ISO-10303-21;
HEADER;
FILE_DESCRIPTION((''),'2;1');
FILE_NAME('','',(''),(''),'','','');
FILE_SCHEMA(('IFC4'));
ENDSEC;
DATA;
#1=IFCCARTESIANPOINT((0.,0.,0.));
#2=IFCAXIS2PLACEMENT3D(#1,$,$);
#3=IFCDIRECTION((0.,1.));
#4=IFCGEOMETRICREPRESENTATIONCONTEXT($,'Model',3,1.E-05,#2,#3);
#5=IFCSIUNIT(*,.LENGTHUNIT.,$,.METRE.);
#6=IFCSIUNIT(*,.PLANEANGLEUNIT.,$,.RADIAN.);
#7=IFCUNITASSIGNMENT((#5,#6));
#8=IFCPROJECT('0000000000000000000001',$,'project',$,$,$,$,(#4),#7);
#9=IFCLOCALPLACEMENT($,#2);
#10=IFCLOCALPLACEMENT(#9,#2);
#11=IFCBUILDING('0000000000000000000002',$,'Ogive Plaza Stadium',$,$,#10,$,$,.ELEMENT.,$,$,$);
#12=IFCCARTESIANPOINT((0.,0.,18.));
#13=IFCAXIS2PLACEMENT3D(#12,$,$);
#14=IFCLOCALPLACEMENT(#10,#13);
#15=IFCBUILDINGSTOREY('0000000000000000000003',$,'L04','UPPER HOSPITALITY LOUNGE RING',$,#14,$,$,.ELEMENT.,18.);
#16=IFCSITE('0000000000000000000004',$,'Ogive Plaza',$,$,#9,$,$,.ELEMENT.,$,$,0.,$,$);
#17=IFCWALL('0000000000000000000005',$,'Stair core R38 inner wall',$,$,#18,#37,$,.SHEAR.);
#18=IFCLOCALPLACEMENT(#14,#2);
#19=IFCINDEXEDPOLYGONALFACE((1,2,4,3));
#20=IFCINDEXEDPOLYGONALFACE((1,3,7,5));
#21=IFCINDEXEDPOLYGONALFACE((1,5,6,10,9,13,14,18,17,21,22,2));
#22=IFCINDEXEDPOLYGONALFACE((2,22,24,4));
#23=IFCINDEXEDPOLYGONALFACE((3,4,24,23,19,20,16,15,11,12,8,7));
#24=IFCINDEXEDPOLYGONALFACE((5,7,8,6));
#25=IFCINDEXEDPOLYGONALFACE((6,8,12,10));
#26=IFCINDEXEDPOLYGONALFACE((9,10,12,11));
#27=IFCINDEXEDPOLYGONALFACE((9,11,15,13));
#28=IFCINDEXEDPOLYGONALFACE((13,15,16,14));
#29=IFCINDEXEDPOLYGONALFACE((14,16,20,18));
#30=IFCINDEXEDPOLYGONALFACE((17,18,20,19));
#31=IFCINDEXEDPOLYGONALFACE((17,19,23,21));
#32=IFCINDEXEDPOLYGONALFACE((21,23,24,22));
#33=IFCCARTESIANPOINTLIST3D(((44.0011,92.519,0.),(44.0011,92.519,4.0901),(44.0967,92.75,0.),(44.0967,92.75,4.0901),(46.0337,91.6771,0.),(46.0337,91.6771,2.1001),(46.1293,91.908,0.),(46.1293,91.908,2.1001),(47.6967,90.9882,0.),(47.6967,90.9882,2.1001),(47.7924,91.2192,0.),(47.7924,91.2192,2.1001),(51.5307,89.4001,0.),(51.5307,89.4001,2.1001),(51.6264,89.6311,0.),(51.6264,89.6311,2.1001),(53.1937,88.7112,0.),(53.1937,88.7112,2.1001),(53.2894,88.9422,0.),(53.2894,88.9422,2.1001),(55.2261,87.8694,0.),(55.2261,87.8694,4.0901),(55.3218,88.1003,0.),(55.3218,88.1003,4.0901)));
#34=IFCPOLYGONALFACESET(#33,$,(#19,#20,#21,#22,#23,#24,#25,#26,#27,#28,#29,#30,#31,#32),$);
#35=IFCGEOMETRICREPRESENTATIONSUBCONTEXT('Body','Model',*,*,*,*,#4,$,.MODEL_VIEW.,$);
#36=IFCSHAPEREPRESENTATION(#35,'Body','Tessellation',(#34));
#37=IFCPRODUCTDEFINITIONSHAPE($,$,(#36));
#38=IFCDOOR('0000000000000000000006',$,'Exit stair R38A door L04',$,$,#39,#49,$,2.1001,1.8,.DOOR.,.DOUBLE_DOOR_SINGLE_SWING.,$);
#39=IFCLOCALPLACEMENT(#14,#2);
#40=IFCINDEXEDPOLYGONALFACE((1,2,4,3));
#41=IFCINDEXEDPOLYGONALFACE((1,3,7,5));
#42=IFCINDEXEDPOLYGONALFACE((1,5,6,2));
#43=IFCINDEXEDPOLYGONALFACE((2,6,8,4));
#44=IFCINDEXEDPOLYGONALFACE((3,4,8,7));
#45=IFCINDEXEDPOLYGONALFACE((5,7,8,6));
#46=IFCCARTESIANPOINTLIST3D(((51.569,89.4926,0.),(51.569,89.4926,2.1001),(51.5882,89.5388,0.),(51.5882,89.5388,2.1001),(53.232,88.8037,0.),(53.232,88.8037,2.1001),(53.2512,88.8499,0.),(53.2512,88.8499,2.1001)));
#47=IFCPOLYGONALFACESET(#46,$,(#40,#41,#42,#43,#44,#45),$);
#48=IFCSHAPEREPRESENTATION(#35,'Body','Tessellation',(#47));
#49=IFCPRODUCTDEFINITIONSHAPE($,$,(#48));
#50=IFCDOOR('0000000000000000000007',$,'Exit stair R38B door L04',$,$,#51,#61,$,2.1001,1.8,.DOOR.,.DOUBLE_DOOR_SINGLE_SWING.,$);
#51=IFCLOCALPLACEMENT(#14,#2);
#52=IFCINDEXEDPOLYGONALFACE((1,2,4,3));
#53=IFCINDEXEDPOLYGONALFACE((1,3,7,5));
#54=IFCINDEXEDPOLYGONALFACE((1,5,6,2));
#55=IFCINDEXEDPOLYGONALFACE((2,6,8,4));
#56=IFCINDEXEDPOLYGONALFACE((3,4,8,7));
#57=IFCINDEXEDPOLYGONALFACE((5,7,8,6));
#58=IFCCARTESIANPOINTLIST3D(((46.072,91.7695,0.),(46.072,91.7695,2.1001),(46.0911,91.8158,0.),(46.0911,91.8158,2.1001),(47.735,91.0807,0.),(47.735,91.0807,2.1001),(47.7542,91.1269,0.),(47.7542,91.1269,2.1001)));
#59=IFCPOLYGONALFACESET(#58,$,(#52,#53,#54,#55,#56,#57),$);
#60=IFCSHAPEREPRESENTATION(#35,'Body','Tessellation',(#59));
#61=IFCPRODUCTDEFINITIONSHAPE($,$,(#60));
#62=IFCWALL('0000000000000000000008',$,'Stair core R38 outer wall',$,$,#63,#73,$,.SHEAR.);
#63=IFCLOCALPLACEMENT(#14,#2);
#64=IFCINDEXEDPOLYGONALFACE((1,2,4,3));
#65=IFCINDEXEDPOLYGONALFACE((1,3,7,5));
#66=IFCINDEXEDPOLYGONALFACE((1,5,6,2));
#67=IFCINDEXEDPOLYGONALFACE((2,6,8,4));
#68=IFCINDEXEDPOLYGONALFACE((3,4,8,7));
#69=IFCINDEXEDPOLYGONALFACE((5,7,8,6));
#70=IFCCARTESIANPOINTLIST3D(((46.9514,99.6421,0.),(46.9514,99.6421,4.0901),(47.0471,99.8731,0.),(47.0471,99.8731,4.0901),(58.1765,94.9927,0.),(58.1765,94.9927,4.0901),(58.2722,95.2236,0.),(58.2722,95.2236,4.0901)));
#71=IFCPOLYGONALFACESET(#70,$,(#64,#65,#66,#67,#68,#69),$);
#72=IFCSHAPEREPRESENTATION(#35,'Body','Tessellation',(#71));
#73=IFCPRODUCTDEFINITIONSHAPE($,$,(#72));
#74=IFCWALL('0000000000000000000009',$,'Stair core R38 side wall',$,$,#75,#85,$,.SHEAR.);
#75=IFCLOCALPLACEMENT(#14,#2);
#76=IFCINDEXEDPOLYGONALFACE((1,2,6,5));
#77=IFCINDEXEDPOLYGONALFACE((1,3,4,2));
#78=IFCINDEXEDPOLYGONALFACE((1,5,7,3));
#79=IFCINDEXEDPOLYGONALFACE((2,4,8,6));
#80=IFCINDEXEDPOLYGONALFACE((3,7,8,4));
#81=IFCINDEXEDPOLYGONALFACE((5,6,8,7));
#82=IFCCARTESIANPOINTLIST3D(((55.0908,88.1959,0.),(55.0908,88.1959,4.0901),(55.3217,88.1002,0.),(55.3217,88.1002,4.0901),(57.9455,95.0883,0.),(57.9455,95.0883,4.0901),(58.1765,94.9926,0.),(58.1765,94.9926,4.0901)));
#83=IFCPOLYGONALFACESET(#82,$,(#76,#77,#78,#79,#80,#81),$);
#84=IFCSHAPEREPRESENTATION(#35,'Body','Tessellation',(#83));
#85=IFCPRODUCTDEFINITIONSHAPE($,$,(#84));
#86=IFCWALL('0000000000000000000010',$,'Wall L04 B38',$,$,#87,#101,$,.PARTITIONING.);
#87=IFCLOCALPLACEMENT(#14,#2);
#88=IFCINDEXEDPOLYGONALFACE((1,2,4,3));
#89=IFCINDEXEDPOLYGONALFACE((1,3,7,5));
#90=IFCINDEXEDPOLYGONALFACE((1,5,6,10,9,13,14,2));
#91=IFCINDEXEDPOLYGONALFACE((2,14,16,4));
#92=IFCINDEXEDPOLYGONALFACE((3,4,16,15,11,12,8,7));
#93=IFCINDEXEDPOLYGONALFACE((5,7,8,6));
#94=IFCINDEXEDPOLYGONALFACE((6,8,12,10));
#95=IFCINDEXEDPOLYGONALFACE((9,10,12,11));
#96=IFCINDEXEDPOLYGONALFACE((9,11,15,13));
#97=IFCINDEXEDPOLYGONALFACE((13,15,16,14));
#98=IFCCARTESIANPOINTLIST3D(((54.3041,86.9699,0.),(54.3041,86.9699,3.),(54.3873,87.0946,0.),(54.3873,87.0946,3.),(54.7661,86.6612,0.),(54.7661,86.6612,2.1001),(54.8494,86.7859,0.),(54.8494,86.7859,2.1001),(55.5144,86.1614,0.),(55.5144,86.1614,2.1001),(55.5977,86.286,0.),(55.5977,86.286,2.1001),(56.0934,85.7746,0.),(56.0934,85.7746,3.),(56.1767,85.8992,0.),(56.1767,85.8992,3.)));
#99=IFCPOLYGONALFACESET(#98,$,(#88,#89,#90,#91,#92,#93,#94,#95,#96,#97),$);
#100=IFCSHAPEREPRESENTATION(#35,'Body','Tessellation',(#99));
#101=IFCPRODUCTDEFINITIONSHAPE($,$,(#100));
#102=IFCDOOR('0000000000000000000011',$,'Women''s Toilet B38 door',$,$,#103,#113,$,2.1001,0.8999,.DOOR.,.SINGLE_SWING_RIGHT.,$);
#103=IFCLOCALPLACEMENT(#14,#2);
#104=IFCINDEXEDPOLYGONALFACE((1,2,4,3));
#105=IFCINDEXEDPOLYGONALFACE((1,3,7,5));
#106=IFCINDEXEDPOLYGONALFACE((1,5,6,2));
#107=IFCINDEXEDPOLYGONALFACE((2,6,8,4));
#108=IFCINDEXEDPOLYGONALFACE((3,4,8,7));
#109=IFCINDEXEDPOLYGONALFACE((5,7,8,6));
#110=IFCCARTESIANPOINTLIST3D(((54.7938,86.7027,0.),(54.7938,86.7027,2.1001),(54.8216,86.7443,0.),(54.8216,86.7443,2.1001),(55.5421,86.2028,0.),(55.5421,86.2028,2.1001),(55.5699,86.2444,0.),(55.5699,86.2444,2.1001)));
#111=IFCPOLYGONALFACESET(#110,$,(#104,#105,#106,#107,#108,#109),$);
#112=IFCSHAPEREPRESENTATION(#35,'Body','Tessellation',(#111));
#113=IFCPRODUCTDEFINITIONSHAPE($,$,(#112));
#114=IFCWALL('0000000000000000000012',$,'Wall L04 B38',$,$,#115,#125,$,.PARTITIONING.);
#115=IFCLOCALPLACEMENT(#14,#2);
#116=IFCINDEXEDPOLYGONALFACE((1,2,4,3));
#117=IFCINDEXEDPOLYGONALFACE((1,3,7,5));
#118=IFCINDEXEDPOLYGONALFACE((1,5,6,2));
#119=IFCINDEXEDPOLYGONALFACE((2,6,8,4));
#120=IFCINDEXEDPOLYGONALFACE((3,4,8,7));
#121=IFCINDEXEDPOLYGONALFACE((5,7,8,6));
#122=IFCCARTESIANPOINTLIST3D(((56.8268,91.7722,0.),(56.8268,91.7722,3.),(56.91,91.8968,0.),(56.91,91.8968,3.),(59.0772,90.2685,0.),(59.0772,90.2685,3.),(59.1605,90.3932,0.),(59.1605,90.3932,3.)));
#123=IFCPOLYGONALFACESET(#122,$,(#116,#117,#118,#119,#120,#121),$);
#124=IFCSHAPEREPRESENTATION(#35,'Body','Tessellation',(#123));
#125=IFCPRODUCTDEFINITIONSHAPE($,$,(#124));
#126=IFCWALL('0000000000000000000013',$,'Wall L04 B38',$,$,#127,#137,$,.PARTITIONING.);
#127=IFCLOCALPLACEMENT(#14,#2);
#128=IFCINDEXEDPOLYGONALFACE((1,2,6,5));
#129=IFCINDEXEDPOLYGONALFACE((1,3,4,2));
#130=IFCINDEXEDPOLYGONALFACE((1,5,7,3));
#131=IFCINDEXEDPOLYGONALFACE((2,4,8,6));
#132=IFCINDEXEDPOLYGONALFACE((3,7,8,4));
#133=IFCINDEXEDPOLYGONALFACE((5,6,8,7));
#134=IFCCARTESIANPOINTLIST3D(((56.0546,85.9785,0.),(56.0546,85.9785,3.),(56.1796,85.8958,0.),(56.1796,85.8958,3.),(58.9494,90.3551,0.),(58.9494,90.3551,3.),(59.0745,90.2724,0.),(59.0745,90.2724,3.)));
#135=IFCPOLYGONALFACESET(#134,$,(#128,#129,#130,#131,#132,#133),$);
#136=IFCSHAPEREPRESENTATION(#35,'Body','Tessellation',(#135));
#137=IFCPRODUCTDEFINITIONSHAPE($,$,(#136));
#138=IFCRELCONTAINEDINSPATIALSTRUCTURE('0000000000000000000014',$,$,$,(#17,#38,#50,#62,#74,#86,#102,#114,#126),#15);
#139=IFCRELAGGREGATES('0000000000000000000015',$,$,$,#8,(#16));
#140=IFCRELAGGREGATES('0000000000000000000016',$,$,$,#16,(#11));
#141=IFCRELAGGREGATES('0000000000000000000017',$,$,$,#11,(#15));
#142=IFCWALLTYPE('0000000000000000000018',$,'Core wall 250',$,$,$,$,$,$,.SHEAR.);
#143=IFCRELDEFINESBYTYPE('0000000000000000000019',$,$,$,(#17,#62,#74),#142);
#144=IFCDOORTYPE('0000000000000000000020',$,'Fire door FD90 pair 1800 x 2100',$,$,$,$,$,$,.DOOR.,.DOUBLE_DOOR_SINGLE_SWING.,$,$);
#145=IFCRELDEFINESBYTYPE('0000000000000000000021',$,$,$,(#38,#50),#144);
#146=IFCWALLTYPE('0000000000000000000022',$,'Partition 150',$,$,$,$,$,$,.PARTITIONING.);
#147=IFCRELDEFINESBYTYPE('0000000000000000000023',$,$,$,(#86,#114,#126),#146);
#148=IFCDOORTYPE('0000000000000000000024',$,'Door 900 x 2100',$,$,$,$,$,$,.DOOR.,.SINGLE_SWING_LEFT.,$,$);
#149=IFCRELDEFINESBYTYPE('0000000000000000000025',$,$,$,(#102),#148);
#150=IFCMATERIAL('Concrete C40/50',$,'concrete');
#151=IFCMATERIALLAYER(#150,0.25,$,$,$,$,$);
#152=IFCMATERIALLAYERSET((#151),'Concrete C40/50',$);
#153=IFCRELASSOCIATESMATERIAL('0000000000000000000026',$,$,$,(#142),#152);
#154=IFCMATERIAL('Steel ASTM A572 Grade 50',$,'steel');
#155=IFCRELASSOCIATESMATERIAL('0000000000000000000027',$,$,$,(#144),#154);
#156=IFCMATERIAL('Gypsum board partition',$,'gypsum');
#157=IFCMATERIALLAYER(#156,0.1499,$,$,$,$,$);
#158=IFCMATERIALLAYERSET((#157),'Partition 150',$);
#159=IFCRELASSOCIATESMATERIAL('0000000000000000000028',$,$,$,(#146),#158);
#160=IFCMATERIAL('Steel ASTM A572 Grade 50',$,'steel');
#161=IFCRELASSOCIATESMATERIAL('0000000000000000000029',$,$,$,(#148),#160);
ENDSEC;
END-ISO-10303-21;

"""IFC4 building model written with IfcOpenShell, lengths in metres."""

from ifc_helpers import new_model, si_unit, direction, frame, frame_2d, origin, place, context, subcontext, project, spatial, rectangle, extrude, material, layer, layer_set, type_object, element, fill, save


model = new_model("IFC4")

# Units and contexts
model_context = context("Model", 3, precision=1e-05, world=origin(), true_north=direction((0.0, 1.0)))
body_context = subcontext(model_context, "Body", "Model", "MODEL_VIEW")
ifc_project = project(units=[si_unit("LENGTHUNIT", "METRE"), si_unit("PLANEANGLEUNIT", "RADIAN")], contexts=[model_context])

# Site, building, storey
site_placement = place(None, origin())
site = spatial("IfcSite", under=ifc_project, at=site_placement, Name="Ogive Plaza", CompositionType="ELEMENT", RefElevation=0.0)
building_placement = place(site_placement, origin())
building = spatial("IfcBuilding", under=site, at=building_placement, Name="Ogive Plaza Stadium", CompositionType="ELEMENT")
storey_placement = place(building_placement, frame((0.0, 0.0, 18.0)))
storey = spatial("IfcBuildingStorey", under=building, at=storey_placement, Name="L04", Description="UPPER HOSPITALITY LOUNGE RING", CompositionType="ELEMENT", Elevation=18.0)

# Wall, openings, doors
ifc_material_1 = material(Name="Concrete C40/50", Category="concrete")
ifc_layer_1 = layer(ifc_material_1, 0.25)
ifc_layer_set_1 = layer_set([ifc_layer_1], Name="Concrete C40/50")
wall_type_1 = type_object("IfcWallType", Name="Core wall 250", PredefinedType="SHEAR", material=ifc_layer_set_1)
wall_1_placement = place(storey_placement, frame((55.2739, 87.9849, 0.0), z_axis=(0.0, 0.0, 1.0), x_axis=(-0.923877, 0.382688, 0.0)))
wall_1 = element("IfcWall", 1, at=wall_1_placement, inside=storey, type_object=wall_type_1, Name="Stair core R38 inner wall", PredefinedType="SHEAR", context=body_context, shape_type="SweptSolid", body=[
    extrude(rectangle(XDim=12.1499, YDim=0.25, at=frame_2d((6.075, 0.0))), origin(), (0.0, 0.0, 1.0), 4.0901),
])
opening_1_placement = place(wall_1_placement, frame((2.2, 0.0, 0.0)))
opening_1 = element("IfcOpeningElement", 2, at=opening_1_placement, cuts=wall_1, PredefinedType="OPENING", context=body_context, shape_type="SweptSolid", body=[
    extrude(rectangle(XDim=1.8, YDim=2.1001, at=frame_2d((0.8999, 1.05))), frame((0.0, 0.125, 0.0), z_axis=(0.0, -1.0, 0.0), x_axis=(1.0, 0.0, 0.0)), (0.0, 0.0, 1.0), 0.25),
])
opening_2_placement = place(wall_1_placement, frame((8.1499, 0.0, 0.0)))
opening_2 = element("IfcOpeningElement", 3, at=opening_2_placement, cuts=wall_1, PredefinedType="OPENING", context=body_context, shape_type="SweptSolid", body=[
    extrude(rectangle(XDim=1.8, YDim=2.1001, at=frame_2d((0.8999, 1.05))), frame((0.0, 0.125, 0.0), z_axis=(0.0, -1.0, 0.0), x_axis=(1.0, 0.0, 0.0)), (0.0, 0.0, 1.0), 0.25),
])
ifc_material_2 = material(Name="Steel ASTM A572 Grade 50", Category="steel")
door_type_1 = type_object("IfcDoorType", Name="Fire door FD90 pair 1800 x 2100", OperationType="DOUBLE_DOOR_SINGLE_SWING", PredefinedType="DOOR", material=ifc_material_2)
door_1_placement = place(opening_1_placement, origin())
door_1 = element("IfcDoor", 4, at=door_1_placement, inside=storey, type_object=door_type_1, Name="Exit stair R38A door L04", OperationType="DOUBLE_DOOR_SINGLE_SWING", OverallHeight=2.1001, OverallWidth=1.8, PredefinedType="DOOR", context=body_context, shape_type="SweptSolid", body=[
    extrude(rectangle(XDim=1.8, YDim=2.1001, at=frame_2d((0.8999, 1.05))), frame((0.0, 0.0249, 0.0), z_axis=(0.0, -1.0, 0.0), x_axis=(1.0, 0.0, 0.0)), (0.0, 0.0, 1.0), 0.05),
])
fill(opening_1, door_1)
door_2_placement = place(opening_2_placement, origin())
door_2 = element("IfcDoor", 5, at=door_2_placement, inside=storey, type_object=door_type_1, Name="Exit stair R38B door L04", OperationType="DOUBLE_DOOR_SINGLE_SWING", OverallHeight=2.1001, OverallWidth=1.8, PredefinedType="DOOR", context=body_context, shape_type="SweptSolid", body=[
    extrude(rectangle(XDim=1.8, YDim=2.1001, at=frame_2d((0.8999, 1.05))), frame((0.0, 0.0249, 0.0), z_axis=(0.0, -1.0, 0.0), x_axis=(1.0, 0.0, 0.0)), (0.0, 0.0, 1.0), 0.05),
])
fill(opening_2, door_2)

# Walls
wall_2_placement = place(storey_placement, frame((58.2244, 95.1082, 0.0), z_axis=(0.0, 0.0, 1.0), x_axis=(-0.923885, 0.382671, 0.0)))
element("IfcWall", 6, at=wall_2_placement, inside=storey, type_object=wall_type_1, Name="Stair core R38 outer wall", PredefinedType="SHEAR", context=body_context, shape_type="SweptSolid", body=[
    extrude(rectangle(XDim=12.1499, YDim=0.25, at=frame_2d((6.075, 0.0))), origin(), (0.0, 0.0, 1.0), 4.0901),
])
wall_3_placement = place(storey_placement, frame((55.2063, 88.1482, 0.0), z_axis=(0.0, 0.0, 1.0), x_axis=(0.382665, 0.923887, 0.0)))
element("IfcWall", 7, at=wall_3_placement, inside=storey, type_object=wall_type_1, Name="Stair core R38 side wall", PredefinedType="SHEAR", context=body_context, shape_type="SweptSolid", body=[
    extrude(rectangle(XDim=7.4602, YDim=0.25, at=frame_2d((3.73, 0.0))), origin(), (0.0, 0.0, 1.0), 4.0901),
])

# Wall, opening, door
ifc_material_3 = material(Name="Gypsum board partition", Category="gypsum")
ifc_layer_2 = layer(ifc_material_3, 0.1499)
ifc_layer_set_2 = layer_set([ifc_layer_2], Name="Partition 150")
wall_type_2 = type_object("IfcWallType", Name="Partition 150", PredefinedType="PARTITIONING", material=ifc_layer_set_2)
wall_4_placement = place(storey_placement, frame((54.3457, 87.0322, 0.0), z_axis=(0.0, 0.0, 1.0), x_axis=(0.831526, -0.555485, 0.0)))
wall_4 = element("IfcWall", 8, at=wall_4_placement, inside=storey, type_object=wall_type_2, Name="Wall L04 B38", PredefinedType="PARTITIONING", context=body_context, shape_type="SweptSolid", body=[
    extrude(rectangle(XDim=2.1519, YDim=0.1499, at=frame_2d((1.0759, 0.0))), origin(), (0.0, 0.0, 1.0), 3.0),
])
opening_3_placement = place(wall_4_placement, frame((0.5557, 0.0, 0.0)))
opening_3 = element("IfcOpeningElement", 9, at=opening_3_placement, cuts=wall_4, PredefinedType="OPENING", context=body_context, shape_type="SweptSolid", body=[
    extrude(rectangle(XDim=0.8999, YDim=2.1001, at=frame_2d((0.45, 1.05))), frame((0.0, 0.075, 0.0), z_axis=(0.0, -1.0, 0.0), x_axis=(1.0, 0.0, 0.0)), (0.0, 0.0, 1.0), 0.1499),
])
ifc_material_4 = material(Name="Steel ASTM A572 Grade 50", Category="steel")
door_type_2 = type_object("IfcDoorType", Name="Door 900 x 2100", OperationType="SINGLE_SWING_LEFT", PredefinedType="DOOR", material=ifc_material_4)
door_3_placement = place(opening_3_placement, origin())
door_3 = element("IfcDoor", 10, at=door_3_placement, inside=storey, type_object=door_type_2, Name="Women's Toilet B38 door", OperationType="SINGLE_SWING_RIGHT", OverallHeight=2.1001, OverallWidth=0.8999, PredefinedType="DOOR", context=body_context, shape_type="SweptSolid", body=[
    extrude(rectangle(XDim=0.8999, YDim=2.1001, at=frame_2d((0.45, 1.05))), frame((0.0, 0.0249, 0.0), z_axis=(0.0, -1.0, 0.0), x_axis=(1.0, 0.0, 0.0)), (0.0, 0.0, 1.0), 0.05),
])
fill(opening_3, door_3)

# Walls
wall_5_placement = place(storey_placement, frame((56.8684, 91.8345, 0.0), z_axis=(0.0, 0.0, 1.0), x_axis=(0.831481, -0.555553, 0.0)))
element("IfcWall", 11, at=wall_5_placement, inside=storey, type_object=wall_type_2, Name="Wall L04 B38", PredefinedType="PARTITIONING", context=body_context, shape_type="SweptSolid", body=[
    extrude(rectangle(XDim=2.7065, YDim=0.1499, at=frame_2d((1.3533, 0.0))), origin(), (0.0, 0.0, 1.0), 3.0),
])
wall_6_placement = place(storey_placement, frame((56.1172, 85.9373, 0.0), z_axis=(0.0, 0.0, 1.0), x_axis=(0.551679, 0.834056, 0.0)))
element("IfcWall", 12, at=wall_6_placement, inside=storey, type_object=wall_type_2, Name="Wall L04 B38", PredefinedType="PARTITIONING", context=body_context, shape_type="SweptSolid", body=[
    extrude(rectangle(XDim=5.2473, YDim=0.1499, at=frame_2d((2.6235, 0.0))), origin(), (0.0, 0.0, 1.0), 3.0),
])

save(model, "model.ifc")
